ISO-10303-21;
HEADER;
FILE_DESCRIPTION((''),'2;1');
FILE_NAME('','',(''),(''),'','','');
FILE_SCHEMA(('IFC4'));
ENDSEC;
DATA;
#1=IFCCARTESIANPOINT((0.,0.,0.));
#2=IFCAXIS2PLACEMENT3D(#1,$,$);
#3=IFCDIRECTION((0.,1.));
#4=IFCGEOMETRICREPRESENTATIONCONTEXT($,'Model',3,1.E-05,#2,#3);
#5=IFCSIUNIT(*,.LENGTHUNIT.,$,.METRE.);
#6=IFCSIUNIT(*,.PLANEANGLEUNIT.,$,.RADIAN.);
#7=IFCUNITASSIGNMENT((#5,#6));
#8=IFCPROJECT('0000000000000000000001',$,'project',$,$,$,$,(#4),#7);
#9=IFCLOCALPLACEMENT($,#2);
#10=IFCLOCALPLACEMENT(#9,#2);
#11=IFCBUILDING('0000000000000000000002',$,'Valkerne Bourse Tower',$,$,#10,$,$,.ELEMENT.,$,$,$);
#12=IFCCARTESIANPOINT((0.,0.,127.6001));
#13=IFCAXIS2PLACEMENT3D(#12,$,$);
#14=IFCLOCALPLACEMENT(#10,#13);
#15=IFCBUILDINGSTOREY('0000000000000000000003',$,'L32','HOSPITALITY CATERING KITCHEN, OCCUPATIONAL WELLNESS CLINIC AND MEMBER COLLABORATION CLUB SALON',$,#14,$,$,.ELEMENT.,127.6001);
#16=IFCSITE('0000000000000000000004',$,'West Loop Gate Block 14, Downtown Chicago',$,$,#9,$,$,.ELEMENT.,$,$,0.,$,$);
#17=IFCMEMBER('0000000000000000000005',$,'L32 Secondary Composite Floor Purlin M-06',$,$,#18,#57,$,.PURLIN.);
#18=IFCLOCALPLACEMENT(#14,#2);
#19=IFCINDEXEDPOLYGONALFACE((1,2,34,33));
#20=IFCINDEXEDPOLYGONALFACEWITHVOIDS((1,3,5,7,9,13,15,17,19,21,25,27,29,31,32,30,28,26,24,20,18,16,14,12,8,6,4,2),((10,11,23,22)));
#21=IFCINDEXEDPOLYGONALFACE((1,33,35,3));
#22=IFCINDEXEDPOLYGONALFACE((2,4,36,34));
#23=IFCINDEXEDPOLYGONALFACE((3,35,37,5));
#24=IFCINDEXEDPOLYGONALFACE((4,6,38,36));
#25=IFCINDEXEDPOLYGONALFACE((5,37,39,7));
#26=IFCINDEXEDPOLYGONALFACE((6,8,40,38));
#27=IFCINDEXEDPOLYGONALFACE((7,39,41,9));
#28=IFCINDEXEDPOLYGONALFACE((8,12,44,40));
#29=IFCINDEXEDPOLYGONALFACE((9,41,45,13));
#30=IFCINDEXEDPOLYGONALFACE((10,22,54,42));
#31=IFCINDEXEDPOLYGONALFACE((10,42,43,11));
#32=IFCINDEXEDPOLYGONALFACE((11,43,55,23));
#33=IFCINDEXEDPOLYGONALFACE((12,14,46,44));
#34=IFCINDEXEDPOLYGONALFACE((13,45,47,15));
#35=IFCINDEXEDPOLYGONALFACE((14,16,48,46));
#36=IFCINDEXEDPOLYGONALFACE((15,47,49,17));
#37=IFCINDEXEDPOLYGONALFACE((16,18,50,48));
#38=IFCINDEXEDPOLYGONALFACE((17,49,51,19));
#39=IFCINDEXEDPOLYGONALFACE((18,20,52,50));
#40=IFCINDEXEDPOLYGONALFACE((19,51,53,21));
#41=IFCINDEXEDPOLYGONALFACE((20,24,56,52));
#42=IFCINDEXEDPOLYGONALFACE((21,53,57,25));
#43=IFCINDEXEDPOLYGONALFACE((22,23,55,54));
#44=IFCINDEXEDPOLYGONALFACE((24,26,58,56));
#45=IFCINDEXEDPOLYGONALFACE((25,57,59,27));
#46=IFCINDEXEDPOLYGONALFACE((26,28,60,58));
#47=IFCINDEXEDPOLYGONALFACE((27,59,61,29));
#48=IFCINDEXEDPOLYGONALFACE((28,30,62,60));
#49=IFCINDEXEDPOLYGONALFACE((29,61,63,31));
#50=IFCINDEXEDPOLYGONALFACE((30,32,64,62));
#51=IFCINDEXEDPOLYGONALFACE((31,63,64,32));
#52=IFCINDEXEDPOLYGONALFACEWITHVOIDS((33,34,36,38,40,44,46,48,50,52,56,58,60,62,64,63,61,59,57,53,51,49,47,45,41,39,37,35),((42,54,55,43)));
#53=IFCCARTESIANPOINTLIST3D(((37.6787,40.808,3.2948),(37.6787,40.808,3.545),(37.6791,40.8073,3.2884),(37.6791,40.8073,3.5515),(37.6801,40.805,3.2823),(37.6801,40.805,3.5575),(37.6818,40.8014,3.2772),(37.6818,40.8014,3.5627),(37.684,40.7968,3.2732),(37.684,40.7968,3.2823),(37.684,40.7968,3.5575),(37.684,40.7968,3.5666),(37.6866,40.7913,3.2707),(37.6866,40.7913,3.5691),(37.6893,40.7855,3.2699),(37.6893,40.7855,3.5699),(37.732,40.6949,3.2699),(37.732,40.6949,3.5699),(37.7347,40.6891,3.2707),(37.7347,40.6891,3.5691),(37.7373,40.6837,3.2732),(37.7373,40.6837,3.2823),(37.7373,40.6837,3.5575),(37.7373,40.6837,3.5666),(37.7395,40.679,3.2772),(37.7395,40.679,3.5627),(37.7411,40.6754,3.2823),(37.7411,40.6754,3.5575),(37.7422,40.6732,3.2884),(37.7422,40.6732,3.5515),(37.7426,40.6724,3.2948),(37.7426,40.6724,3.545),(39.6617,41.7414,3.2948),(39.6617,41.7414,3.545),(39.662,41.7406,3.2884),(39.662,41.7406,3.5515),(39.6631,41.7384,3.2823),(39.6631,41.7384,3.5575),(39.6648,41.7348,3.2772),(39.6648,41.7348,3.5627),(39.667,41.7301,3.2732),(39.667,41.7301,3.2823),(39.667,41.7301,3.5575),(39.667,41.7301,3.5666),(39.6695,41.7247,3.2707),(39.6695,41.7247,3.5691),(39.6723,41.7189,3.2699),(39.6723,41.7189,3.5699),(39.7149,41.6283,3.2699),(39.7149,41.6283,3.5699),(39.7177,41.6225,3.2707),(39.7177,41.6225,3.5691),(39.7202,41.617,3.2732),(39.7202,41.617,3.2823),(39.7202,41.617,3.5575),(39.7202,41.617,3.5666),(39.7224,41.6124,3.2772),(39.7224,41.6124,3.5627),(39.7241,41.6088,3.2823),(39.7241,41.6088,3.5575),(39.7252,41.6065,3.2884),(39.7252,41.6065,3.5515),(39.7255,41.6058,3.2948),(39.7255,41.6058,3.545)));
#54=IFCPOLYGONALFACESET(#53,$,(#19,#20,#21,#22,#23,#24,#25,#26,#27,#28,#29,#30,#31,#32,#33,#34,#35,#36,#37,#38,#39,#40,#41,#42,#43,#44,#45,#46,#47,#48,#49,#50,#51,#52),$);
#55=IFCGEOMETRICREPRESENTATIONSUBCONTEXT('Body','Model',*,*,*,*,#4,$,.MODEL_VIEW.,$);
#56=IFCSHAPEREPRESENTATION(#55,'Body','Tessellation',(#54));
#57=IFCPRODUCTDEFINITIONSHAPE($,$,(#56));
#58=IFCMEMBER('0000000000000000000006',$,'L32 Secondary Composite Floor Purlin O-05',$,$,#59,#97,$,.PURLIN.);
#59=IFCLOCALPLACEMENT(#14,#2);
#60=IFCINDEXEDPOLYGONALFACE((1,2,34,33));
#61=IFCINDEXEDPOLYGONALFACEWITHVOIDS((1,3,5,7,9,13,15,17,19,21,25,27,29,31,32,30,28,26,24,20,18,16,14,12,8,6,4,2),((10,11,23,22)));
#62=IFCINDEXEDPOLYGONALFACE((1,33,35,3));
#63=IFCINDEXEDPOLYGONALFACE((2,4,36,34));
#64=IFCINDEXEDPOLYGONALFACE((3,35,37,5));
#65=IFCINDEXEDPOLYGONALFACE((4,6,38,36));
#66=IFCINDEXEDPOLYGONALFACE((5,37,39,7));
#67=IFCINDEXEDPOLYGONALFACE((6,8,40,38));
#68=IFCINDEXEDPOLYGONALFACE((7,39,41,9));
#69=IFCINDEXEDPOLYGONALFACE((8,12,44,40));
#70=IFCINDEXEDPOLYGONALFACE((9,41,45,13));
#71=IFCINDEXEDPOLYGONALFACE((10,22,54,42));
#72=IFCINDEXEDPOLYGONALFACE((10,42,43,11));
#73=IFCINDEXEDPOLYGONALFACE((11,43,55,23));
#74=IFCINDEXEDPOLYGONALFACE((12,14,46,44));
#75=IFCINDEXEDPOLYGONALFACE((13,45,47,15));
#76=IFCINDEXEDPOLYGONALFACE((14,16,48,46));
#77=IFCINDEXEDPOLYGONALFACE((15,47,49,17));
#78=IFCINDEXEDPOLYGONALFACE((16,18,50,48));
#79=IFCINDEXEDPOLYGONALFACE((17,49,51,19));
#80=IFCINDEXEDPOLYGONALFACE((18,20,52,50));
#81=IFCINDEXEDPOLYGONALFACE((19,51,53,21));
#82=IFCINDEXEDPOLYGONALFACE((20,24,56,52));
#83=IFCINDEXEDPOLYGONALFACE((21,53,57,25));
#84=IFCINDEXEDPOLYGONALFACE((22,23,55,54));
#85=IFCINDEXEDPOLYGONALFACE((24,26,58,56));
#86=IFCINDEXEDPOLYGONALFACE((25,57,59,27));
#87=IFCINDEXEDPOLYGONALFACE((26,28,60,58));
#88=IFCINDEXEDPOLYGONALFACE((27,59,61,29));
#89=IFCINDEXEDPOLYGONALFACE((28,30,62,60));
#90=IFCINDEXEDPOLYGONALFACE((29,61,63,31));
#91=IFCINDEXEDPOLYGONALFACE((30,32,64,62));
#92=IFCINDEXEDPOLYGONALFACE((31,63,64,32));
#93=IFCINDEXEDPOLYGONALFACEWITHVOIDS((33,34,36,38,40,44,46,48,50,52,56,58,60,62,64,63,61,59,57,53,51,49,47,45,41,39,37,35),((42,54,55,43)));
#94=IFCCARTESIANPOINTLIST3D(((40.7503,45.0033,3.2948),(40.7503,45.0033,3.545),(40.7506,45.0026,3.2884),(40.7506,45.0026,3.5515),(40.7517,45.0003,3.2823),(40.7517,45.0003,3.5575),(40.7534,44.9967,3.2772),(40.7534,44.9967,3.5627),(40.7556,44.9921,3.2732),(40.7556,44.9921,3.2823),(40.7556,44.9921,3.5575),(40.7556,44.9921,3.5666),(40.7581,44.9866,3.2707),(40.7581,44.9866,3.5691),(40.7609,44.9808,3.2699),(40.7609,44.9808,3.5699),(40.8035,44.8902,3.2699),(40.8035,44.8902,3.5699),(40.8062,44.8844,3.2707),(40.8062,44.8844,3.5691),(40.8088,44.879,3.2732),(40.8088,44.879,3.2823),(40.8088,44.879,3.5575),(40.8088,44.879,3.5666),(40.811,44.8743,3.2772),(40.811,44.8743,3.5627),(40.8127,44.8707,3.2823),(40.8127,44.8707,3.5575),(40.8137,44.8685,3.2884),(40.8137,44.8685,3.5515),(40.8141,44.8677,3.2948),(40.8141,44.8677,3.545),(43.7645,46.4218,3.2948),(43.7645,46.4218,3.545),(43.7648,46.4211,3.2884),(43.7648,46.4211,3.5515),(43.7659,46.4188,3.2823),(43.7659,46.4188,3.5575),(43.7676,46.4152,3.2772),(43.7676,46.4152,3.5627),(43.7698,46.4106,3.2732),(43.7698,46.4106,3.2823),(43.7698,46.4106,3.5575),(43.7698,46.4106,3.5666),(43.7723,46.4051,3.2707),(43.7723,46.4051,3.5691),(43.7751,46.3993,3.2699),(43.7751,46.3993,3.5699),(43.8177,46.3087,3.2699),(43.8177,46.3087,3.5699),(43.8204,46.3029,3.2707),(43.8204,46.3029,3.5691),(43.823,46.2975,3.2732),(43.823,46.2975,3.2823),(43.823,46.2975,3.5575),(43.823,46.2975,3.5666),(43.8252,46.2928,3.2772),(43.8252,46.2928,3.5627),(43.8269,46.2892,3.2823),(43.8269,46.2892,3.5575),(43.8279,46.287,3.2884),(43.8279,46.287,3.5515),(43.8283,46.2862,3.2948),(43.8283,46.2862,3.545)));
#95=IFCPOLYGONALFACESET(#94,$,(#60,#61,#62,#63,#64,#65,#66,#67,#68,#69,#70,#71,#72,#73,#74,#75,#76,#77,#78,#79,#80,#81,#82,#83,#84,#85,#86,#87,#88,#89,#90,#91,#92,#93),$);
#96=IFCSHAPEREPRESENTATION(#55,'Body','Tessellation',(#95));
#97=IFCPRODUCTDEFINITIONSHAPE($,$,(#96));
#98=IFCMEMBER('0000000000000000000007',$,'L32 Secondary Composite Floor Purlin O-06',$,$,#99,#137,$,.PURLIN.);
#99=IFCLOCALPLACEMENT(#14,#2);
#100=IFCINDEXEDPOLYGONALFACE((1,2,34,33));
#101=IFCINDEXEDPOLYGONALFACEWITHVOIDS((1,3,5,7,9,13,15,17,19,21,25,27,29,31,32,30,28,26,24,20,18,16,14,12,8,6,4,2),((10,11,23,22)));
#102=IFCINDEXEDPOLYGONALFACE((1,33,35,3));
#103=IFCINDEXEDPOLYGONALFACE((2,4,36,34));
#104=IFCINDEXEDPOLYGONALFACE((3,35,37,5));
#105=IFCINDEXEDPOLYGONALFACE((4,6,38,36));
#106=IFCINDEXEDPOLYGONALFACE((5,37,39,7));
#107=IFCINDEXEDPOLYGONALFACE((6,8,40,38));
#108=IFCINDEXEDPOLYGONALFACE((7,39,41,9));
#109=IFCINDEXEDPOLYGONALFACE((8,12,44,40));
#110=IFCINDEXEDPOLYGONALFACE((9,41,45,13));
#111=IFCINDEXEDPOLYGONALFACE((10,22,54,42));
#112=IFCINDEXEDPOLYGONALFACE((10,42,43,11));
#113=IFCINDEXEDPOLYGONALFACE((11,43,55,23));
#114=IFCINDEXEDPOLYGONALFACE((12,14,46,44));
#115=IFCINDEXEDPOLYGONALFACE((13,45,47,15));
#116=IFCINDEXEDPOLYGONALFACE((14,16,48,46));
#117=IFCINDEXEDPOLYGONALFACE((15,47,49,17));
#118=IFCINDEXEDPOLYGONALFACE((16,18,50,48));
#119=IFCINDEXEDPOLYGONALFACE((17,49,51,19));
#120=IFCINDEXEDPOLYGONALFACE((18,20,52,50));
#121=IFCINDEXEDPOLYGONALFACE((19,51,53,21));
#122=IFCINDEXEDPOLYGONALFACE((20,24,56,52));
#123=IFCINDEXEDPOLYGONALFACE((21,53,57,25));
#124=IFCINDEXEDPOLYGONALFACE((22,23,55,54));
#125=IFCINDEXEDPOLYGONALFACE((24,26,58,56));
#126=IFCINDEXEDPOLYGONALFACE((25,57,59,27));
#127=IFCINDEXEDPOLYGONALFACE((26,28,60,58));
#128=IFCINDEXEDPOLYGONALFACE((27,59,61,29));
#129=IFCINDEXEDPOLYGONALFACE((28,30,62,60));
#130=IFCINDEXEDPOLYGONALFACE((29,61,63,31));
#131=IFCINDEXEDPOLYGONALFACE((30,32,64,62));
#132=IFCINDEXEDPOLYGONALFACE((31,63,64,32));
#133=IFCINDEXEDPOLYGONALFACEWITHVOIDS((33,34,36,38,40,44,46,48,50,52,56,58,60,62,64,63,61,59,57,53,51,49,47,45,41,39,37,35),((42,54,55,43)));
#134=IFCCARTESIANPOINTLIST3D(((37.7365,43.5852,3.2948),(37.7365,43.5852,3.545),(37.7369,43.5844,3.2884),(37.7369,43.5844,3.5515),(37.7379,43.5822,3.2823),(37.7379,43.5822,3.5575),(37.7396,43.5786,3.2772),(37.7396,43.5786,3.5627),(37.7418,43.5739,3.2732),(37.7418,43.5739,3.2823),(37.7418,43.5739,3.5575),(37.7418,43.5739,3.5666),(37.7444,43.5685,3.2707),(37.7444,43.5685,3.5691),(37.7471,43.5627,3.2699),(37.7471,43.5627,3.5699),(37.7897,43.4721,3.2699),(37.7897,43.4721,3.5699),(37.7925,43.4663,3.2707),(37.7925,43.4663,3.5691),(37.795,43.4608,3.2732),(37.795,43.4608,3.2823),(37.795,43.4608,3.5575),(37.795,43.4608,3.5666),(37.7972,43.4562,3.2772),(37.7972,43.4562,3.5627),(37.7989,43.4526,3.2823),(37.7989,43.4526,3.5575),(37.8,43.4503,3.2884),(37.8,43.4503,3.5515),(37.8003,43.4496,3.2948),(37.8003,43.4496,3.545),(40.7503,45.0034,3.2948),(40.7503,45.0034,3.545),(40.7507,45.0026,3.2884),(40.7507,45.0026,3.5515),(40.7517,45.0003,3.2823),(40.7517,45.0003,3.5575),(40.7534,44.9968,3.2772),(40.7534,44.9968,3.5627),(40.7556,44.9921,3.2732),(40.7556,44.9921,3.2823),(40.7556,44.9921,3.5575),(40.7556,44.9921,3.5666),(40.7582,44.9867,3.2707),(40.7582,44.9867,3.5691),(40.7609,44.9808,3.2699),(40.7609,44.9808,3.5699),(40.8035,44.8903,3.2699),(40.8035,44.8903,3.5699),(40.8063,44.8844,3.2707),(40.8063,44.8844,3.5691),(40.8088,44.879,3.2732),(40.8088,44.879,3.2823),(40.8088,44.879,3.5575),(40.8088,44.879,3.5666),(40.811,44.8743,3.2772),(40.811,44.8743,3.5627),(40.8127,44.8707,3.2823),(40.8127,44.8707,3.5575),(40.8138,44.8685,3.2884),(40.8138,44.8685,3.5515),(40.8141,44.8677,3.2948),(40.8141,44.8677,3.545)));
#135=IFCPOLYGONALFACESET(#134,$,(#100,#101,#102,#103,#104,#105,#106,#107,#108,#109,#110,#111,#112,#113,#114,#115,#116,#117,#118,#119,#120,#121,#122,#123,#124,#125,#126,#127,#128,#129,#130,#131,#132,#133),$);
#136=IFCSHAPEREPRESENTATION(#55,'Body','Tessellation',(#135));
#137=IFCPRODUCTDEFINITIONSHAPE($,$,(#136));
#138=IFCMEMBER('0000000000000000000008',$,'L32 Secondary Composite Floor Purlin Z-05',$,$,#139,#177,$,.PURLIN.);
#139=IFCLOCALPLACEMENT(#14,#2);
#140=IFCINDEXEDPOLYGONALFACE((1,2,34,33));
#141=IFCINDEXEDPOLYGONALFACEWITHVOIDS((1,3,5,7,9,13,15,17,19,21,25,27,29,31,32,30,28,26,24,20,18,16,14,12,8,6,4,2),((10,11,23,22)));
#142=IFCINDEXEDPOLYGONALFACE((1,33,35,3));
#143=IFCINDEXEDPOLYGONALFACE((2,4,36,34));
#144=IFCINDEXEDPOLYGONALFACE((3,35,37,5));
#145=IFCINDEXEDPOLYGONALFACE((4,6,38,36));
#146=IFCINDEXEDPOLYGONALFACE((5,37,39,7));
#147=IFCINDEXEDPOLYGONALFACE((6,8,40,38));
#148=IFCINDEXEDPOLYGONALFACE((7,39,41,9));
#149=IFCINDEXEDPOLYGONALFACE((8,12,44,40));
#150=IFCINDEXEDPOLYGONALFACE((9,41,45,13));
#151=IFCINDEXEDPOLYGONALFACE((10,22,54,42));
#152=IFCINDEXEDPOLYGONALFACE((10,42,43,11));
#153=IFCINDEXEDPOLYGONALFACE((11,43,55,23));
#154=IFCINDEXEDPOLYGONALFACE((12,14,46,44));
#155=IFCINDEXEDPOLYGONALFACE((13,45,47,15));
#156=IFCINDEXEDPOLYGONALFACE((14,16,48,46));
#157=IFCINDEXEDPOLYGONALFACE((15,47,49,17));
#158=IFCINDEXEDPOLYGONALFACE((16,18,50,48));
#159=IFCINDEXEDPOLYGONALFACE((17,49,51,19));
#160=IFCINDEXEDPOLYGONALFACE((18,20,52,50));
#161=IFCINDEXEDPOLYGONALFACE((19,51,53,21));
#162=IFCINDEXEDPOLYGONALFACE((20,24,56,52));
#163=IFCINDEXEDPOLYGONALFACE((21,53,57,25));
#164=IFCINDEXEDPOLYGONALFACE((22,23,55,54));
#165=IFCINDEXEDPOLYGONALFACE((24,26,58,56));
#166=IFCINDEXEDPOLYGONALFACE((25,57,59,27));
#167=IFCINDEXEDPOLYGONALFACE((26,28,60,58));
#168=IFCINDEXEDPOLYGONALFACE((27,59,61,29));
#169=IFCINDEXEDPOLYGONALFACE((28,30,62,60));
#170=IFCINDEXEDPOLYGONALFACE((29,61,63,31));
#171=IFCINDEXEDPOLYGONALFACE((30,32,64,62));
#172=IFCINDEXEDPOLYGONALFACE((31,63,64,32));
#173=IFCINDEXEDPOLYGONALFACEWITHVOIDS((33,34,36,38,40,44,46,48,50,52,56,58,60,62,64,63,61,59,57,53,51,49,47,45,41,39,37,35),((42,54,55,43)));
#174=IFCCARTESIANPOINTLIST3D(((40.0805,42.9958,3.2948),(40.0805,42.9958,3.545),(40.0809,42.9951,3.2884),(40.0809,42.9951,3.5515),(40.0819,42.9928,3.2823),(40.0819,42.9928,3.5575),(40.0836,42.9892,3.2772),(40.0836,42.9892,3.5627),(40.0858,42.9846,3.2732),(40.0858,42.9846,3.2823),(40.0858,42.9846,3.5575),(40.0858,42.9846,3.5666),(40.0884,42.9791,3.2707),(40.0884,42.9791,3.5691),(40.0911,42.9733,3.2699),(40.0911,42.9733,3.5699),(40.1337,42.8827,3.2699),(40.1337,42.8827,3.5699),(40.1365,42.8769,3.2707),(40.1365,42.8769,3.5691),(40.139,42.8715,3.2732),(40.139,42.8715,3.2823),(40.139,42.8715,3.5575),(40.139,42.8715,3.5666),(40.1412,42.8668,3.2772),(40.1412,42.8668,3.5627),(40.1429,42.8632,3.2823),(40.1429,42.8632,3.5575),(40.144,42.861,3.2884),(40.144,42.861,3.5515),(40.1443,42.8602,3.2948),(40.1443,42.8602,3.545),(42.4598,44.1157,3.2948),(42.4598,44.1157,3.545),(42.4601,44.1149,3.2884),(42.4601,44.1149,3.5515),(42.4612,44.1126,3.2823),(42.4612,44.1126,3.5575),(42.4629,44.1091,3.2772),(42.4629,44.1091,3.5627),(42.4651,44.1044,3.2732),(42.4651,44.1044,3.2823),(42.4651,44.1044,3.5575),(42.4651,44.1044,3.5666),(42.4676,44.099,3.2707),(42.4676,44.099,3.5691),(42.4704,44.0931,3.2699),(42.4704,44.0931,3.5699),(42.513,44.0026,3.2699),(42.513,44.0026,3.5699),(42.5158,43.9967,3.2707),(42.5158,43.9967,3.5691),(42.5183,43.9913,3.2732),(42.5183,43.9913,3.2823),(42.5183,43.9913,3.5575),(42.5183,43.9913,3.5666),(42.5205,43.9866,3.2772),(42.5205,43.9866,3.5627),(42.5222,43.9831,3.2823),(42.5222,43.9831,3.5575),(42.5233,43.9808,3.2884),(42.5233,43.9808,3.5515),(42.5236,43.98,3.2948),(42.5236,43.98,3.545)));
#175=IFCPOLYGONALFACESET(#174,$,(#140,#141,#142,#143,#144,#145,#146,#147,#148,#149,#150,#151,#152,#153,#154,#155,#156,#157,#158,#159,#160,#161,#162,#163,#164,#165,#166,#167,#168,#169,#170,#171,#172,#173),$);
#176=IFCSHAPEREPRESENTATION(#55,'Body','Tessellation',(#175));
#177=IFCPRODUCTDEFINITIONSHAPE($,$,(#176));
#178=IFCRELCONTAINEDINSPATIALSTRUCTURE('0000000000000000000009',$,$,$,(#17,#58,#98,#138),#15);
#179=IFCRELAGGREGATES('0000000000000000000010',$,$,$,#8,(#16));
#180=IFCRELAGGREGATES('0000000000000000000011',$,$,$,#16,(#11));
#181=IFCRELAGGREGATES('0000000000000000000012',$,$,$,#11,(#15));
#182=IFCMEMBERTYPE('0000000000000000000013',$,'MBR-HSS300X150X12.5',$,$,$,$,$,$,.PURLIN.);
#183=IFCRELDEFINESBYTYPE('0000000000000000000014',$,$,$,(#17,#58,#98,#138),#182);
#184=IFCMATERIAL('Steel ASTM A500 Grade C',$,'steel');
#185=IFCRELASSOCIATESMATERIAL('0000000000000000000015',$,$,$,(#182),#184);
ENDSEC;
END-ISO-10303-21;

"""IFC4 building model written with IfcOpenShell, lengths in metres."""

from ifc_helpers import new_model, si_unit, direction, frame, origin, origin_2d, place, context, subcontext, project, spatial, hollow_rectangle, extrude, material, material_profile, profile_set, type_object, element, save


model = new_model("IFC4")

# Units and contexts
model_context = context("Model", 3, precision=1e-05, world=origin(), true_north=direction((0.0, 1.0)))
body_context = subcontext(model_context, "Body", "Model", "MODEL_VIEW")
ifc_project = project(units=[si_unit("LENGTHUNIT", "METRE"), si_unit("PLANEANGLEUNIT", "RADIAN")], contexts=[model_context])

# Site, building, storey
site_placement = place(None, origin())
site = spatial("IfcSite", under=ifc_project, at=site_placement, Name="West Loop Gate Block 14, Downtown Chicago", CompositionType="ELEMENT", RefElevation=0.0)
building_placement = place(site_placement, origin())
building = spatial("IfcBuilding", under=site, at=building_placement, Name="Valkerne Bourse Tower", CompositionType="ELEMENT")
storey_placement = place(building_placement, frame((0.0, 0.0, 127.6001)))
storey = spatial("IfcBuildingStorey", under=building, at=storey_placement, Name="L32", Description="HOSPITALITY CATERING KITCHEN, OCCUPATIONAL WELLNESS CLINIC AND MEMBER COLLABORATION CLUB SALON", CompositionType="ELEMENT", Elevation=127.6001)

# Members
ifc_material_1 = material(Name="Steel ASTM A500 Grade C", Category="steel")
ifc_material_profile_1 = material_profile(ifc_material_1, hollow_rectangle(XDim=0.1499, YDim=0.3, WallThickness=0.0125, OuterFilletRadius=0.0249, at=origin_2d()), Name="HSS300X150X12.5")
ifc_profile_set_1 = profile_set([ifc_material_profile_1], Name="Steel ASTM A500 Grade C")
member_type_1 = type_object("IfcMemberType", Name="MBR-HSS300X150X12.5", PredefinedType="PURLIN", material=ifc_profile_set_1)
member_1_placement = place(storey_placement, frame((39.6936, 41.6736, 3.4199), z_axis=(-0.904781, -0.425878, 0.0), x_axis=(0.425878, -0.904781, 0.0)))
element("IfcMember", 1, at=member_1_placement, inside=storey, type_object=member_type_1, Name="L32 Secondary Composite Floor Purlin M-06", PredefinedType="PURLIN", context=body_context, shape_type="SweptSolid", body=[
    extrude(hollow_rectangle(XDim=0.1499, YDim=0.3, WallThickness=0.0125, OuterFilletRadius=0.0249, at=origin_2d()), origin(), (0.0, 0.0, 1.0), 2.1917),
])
member_2_placement = place(storey_placement, frame((43.7964, 46.354, 3.4199), z_axis=(-0.904815, -0.425804, 0.0), x_axis=(0.425804, -0.904815, 0.0)))
element("IfcMember", 2, at=member_2_placement, inside=storey, type_object=member_type_1, Name="L32 Secondary Composite Floor Purlin O-05", PredefinedType="PURLIN", context=body_context, shape_type="SweptSolid", body=[
    extrude(hollow_rectangle(XDim=0.1499, YDim=0.3, WallThickness=0.0125, OuterFilletRadius=0.0249, at=origin_2d()), origin(), (0.0, 0.0, 1.0), 3.3313),
])
member_3_placement = place(storey_placement, frame((40.7822, 44.9355, 3.4199), z_axis=(-0.90483, -0.425772, 0.0), x_axis=(0.425772, -0.90483, 0.0)))
element("IfcMember", 3, at=member_3_placement, inside=storey, type_object=member_type_1, Name="L32 Secondary Composite Floor Purlin O-06", PredefinedType="PURLIN", context=body_context, shape_type="SweptSolid", body=[
    extrude(hollow_rectangle(XDim=0.1499, YDim=0.3, WallThickness=0.0125, OuterFilletRadius=0.0249, at=origin_2d()), origin(), (0.0, 0.0, 1.0), 3.3308),
])
for number, where, z_axis, x_axis, name in (
    (4, (42.4917, 44.0479, 3.4199), (-0.904796, -0.425846, 0.0), (0.425846, -0.904796, 0.0), "L32 Secondary Composite Floor Purlin Z-05"),
):
    element("IfcMember", number, at=place(storey_placement, frame(where, z_axis=z_axis, x_axis=x_axis)), inside=storey, type_object=member_type_1, Name=name, PredefinedType="PURLIN", context=body_context, shape_type="SweptSolid", body=[
        extrude(hollow_rectangle(XDim=0.1499, YDim=0.3, WallThickness=0.0125, OuterFilletRadius=0.0249, at=origin_2d()), origin(), (0.0, 0.0, 1.0), 2.6296),
    ])

save(model, "model.ifc")
